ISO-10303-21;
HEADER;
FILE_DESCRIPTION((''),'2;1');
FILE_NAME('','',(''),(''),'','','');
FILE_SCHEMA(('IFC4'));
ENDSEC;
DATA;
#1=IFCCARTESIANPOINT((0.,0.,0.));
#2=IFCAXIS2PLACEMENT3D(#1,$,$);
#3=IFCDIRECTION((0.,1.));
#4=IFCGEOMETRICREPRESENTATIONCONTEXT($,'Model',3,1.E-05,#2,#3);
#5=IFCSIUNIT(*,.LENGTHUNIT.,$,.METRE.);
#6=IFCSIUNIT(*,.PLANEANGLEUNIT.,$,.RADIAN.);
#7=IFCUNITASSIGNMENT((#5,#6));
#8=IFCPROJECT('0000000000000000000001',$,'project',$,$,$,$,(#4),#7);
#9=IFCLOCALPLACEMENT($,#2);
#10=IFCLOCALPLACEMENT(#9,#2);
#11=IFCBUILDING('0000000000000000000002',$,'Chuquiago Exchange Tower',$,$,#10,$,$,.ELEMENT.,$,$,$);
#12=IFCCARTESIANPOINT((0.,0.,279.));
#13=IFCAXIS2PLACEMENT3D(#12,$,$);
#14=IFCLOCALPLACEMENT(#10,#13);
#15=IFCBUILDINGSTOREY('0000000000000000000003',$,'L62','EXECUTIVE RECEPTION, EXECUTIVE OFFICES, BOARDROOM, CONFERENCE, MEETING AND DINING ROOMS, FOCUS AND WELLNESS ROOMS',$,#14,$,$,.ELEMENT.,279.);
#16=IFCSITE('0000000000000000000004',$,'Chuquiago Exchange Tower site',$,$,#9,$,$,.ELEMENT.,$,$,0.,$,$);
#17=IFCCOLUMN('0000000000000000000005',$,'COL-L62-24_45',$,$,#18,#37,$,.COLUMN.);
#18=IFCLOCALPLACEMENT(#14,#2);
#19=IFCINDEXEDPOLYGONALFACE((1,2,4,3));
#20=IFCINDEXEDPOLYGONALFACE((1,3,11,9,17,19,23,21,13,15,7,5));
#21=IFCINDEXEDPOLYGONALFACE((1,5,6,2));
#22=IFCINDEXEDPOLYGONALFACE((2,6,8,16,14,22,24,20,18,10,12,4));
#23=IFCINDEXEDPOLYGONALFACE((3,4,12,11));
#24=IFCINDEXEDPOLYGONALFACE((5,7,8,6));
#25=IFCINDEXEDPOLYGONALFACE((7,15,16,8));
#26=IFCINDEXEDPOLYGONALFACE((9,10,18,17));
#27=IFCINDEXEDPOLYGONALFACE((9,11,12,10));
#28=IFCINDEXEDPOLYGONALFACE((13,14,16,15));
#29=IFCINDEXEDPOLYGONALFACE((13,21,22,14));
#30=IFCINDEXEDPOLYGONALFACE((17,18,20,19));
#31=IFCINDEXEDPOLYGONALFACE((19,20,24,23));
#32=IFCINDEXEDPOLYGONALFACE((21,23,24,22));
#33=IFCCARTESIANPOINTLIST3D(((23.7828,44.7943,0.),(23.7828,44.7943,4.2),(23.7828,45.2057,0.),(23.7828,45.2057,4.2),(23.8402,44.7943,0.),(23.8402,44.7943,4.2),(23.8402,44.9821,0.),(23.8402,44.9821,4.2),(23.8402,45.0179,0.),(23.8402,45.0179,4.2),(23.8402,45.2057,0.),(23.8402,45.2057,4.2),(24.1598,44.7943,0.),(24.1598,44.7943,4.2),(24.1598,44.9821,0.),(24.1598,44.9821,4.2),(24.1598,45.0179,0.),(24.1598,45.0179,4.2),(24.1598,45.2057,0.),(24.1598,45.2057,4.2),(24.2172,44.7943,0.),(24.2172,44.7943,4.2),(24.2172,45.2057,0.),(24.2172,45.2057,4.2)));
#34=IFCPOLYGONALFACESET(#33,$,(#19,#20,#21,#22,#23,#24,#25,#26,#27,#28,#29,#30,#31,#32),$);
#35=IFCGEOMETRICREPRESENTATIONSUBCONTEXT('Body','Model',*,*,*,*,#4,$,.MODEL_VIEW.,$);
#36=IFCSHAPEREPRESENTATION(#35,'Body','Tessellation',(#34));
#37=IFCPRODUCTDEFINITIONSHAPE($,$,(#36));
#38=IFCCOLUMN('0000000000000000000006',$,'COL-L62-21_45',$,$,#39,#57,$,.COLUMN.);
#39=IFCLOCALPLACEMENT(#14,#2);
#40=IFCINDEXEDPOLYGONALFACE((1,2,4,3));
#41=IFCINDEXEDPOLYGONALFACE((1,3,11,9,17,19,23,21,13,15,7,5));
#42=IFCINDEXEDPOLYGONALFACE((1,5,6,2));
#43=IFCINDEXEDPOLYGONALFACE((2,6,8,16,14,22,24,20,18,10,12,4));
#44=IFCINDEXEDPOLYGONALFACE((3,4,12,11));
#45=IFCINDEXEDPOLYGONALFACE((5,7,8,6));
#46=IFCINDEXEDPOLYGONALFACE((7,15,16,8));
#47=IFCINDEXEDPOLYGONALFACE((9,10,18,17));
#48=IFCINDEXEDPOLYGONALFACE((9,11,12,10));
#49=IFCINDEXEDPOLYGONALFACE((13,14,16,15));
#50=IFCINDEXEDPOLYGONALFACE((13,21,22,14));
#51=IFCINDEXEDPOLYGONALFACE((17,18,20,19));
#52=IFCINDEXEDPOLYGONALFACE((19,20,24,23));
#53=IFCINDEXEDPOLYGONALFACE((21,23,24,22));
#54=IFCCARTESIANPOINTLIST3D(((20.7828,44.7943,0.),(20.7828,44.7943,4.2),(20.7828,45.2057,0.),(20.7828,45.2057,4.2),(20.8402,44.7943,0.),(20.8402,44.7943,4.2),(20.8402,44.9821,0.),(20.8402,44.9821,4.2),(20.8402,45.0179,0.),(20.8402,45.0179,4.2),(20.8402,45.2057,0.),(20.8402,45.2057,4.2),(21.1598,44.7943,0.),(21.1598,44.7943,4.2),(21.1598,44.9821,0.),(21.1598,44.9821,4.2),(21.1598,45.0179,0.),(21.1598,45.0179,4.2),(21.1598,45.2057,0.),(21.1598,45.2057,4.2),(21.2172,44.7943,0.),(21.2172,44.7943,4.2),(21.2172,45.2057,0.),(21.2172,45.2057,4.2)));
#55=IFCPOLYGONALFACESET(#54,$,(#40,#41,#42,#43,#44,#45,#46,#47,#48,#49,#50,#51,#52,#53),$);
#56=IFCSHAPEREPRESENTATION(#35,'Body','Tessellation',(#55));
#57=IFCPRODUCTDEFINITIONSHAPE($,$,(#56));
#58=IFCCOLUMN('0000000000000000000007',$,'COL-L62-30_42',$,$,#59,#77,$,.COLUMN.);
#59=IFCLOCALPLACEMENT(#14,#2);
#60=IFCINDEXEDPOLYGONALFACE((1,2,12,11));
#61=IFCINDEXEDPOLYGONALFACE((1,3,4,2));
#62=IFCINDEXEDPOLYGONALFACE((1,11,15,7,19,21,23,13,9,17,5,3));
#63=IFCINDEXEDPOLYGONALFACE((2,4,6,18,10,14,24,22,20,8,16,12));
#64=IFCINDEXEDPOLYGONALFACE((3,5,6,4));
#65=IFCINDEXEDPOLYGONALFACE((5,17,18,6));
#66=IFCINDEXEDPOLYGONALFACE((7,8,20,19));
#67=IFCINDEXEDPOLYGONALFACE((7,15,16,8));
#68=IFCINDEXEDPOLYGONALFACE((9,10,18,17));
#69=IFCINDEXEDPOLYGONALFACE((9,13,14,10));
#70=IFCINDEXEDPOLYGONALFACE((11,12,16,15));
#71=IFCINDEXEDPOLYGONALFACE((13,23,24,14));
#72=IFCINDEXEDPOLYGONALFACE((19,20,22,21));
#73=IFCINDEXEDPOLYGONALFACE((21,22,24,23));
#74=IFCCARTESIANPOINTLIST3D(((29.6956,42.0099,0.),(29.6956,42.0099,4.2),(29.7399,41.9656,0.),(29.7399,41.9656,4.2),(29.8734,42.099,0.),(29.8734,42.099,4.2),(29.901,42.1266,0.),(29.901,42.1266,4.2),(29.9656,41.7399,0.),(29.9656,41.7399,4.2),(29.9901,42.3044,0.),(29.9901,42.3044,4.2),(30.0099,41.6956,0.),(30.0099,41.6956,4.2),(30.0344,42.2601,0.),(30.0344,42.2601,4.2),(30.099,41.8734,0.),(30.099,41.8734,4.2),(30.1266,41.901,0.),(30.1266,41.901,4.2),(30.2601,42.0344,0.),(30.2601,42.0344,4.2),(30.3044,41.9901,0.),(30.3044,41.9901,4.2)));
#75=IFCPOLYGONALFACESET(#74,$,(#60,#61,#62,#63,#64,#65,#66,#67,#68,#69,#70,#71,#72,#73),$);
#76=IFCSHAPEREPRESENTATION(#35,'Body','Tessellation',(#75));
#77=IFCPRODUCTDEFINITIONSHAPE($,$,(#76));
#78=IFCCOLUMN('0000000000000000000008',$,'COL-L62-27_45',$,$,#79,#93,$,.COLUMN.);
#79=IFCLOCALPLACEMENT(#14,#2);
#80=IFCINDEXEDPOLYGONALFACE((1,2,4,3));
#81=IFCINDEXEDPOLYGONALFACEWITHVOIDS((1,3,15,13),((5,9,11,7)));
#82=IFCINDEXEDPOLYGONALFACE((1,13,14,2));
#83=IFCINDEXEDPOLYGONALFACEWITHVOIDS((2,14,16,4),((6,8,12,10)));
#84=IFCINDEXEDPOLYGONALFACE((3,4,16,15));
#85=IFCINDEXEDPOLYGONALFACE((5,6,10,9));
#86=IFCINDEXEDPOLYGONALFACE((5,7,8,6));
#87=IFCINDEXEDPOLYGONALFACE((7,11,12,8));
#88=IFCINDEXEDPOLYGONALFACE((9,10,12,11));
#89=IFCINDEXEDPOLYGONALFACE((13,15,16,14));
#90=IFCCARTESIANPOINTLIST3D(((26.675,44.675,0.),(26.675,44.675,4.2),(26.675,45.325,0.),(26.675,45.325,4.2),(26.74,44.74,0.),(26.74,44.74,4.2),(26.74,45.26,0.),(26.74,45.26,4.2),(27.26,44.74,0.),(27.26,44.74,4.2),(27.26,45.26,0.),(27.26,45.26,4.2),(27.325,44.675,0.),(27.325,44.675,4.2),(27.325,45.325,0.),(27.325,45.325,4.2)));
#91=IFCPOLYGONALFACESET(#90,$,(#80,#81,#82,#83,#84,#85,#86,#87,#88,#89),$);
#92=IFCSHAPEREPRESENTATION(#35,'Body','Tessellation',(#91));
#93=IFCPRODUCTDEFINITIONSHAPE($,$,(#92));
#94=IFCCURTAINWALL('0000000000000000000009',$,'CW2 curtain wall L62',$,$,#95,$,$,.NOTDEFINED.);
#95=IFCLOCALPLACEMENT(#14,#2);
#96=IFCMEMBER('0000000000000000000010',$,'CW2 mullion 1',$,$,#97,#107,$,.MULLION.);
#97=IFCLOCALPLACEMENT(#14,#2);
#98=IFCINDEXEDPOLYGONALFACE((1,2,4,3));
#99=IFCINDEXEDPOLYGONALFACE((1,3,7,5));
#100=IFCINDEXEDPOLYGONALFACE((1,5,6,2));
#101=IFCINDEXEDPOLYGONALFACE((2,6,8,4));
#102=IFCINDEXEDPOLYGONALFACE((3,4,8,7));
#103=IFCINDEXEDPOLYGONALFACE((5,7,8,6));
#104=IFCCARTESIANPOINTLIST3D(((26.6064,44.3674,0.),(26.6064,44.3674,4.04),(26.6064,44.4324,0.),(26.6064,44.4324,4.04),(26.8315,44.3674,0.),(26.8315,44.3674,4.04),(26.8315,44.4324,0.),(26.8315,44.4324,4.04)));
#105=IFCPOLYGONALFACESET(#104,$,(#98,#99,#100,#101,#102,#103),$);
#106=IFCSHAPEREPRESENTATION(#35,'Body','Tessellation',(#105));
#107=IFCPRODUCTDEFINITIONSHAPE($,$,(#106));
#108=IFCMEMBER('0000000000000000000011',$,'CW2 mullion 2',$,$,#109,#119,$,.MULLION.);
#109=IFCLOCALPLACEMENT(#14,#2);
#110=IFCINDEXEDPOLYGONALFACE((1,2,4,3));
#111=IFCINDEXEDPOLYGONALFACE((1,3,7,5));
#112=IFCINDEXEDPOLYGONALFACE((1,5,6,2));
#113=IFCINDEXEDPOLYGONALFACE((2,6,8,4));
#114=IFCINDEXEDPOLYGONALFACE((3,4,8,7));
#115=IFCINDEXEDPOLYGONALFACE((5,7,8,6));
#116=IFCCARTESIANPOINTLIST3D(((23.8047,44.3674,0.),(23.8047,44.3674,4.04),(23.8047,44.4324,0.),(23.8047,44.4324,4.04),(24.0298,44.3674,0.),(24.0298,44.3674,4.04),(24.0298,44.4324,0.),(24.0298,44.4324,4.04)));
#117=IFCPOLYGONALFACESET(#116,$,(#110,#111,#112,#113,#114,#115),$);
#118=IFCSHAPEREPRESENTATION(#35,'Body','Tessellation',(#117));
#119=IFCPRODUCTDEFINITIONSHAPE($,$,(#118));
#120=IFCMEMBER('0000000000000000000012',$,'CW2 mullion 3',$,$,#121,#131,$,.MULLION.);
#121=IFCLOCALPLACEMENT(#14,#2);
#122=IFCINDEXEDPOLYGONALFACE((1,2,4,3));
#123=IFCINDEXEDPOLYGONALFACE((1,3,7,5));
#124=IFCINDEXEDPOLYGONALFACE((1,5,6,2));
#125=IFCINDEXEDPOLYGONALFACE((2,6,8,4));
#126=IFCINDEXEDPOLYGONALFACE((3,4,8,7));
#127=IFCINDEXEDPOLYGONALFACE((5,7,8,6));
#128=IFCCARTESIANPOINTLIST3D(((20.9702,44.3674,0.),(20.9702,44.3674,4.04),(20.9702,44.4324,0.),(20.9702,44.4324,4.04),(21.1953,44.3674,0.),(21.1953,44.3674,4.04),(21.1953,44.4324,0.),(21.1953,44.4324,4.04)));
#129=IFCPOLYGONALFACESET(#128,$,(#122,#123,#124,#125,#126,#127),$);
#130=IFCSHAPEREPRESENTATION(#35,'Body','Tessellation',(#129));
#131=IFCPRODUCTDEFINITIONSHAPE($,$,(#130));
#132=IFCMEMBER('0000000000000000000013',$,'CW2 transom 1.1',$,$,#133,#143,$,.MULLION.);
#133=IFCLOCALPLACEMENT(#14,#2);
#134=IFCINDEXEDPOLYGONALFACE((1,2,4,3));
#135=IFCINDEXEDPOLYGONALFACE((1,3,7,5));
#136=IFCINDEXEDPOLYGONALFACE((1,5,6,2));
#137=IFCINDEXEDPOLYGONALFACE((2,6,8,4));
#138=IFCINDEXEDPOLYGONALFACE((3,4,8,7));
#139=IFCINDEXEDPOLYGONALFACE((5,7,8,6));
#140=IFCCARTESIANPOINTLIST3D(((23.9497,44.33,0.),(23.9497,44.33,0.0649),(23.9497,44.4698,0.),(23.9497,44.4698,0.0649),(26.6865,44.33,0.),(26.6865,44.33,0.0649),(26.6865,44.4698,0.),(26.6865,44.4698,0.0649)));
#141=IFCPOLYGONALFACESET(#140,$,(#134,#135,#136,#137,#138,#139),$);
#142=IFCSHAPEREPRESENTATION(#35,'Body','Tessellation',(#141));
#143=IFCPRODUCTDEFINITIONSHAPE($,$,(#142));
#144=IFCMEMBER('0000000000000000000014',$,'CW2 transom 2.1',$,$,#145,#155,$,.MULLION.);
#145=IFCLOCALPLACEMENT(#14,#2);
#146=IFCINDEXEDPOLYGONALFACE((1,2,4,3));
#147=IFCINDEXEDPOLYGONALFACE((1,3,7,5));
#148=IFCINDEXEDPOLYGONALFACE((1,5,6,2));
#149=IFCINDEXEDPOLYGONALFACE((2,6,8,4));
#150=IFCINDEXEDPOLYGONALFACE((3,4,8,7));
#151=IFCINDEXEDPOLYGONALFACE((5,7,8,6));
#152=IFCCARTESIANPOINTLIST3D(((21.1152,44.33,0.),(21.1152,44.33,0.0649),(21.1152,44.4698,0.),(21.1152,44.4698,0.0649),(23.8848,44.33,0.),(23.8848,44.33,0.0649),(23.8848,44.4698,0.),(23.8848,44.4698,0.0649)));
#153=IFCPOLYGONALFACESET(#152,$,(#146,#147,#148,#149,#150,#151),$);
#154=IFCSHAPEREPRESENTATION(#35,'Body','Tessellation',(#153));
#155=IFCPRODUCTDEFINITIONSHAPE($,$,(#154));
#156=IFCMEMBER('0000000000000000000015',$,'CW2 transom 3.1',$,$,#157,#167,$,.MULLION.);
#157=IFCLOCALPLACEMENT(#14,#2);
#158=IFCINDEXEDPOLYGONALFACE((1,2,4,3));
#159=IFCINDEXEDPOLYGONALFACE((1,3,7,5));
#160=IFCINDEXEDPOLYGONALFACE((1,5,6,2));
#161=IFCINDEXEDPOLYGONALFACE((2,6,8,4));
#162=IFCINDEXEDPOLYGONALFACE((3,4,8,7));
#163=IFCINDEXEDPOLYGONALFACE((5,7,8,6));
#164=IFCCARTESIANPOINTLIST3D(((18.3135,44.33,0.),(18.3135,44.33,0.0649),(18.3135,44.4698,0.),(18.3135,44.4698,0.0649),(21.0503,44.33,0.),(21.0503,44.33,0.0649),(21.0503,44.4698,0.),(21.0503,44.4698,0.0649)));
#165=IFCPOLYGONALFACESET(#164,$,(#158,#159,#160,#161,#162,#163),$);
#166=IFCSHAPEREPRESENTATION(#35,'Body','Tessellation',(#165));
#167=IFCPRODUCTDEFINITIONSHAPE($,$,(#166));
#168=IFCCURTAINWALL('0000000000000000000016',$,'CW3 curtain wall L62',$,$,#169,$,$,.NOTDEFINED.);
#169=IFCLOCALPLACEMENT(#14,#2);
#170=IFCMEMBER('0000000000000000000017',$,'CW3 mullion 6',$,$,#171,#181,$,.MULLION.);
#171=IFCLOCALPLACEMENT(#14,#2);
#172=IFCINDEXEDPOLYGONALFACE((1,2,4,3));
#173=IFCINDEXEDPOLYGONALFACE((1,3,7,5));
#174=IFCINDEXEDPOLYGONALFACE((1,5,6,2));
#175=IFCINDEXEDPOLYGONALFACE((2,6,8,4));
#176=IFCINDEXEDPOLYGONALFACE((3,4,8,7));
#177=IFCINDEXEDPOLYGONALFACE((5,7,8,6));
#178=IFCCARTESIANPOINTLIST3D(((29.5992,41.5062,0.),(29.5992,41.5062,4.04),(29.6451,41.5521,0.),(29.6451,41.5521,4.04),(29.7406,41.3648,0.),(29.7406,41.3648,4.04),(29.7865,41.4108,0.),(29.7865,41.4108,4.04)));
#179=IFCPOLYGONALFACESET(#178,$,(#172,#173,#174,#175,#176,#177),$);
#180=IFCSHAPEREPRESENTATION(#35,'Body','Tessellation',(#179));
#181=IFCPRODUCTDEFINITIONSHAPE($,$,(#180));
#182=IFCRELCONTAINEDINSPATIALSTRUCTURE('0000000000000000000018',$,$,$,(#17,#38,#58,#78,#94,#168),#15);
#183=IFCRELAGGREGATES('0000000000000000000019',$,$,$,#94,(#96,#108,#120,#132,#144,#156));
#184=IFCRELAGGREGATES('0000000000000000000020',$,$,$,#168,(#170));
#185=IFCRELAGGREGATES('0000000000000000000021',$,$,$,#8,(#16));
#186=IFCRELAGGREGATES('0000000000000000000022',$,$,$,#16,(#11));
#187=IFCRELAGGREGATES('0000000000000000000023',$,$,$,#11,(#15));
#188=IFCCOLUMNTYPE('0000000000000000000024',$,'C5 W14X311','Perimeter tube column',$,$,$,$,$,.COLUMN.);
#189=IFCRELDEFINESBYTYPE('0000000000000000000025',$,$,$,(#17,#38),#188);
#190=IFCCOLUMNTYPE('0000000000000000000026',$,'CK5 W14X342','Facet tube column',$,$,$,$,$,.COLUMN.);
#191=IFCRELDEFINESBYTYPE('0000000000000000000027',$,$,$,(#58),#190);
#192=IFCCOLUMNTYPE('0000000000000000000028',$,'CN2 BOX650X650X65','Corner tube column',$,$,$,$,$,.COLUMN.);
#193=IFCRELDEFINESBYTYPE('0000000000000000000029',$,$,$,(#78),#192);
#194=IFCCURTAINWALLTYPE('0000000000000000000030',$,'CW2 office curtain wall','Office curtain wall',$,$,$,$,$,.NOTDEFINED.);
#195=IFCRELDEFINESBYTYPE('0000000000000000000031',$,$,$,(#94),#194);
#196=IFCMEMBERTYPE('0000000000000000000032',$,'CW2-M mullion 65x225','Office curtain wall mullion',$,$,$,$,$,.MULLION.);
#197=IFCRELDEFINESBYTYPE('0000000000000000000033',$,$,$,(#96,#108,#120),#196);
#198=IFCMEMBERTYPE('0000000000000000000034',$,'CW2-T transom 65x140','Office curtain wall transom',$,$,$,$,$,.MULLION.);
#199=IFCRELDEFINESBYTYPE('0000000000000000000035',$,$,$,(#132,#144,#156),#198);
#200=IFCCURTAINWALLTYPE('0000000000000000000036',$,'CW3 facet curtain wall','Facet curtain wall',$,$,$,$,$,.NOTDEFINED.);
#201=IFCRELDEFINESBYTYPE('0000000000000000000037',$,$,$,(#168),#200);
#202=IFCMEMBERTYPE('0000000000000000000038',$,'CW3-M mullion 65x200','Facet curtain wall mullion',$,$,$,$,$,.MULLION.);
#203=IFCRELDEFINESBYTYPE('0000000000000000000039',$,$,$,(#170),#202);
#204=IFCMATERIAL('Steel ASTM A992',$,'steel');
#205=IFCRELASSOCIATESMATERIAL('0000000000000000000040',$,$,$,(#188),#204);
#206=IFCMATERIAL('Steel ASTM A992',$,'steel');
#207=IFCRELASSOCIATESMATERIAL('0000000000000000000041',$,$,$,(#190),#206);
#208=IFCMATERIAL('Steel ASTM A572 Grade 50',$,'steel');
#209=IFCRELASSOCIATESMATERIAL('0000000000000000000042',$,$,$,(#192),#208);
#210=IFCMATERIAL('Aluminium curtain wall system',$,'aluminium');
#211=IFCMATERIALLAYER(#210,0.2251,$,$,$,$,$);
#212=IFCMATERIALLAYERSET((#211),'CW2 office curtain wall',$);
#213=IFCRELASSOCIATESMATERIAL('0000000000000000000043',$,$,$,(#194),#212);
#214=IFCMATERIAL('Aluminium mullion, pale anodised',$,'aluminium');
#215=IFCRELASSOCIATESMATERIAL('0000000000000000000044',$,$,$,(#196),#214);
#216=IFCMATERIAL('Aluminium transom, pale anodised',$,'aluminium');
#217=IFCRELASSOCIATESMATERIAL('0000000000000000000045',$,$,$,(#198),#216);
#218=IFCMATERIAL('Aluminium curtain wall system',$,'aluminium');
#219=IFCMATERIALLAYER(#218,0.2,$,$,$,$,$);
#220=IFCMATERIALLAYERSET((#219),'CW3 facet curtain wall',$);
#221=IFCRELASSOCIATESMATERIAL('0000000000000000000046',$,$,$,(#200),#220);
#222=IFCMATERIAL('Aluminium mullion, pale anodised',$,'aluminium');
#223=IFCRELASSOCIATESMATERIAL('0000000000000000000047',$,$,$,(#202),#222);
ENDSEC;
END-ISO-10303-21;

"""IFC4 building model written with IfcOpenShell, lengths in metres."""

from ifc_helpers import new_model, si_unit, direction, frame, origin, origin_2d, place, context, subcontext, project, spatial, rectangle, hollow_rectangle, i_section, extrude, material, layer, layer_set, material_profile, profile_set, type_object, element, aggregate, save


model = new_model("IFC4")

# Units and contexts
model_context = context("Model", 3, precision=1e-05, world=origin(), true_north=direction((0.0, 1.0)))
body_context = subcontext(model_context, "Body", "Model", "MODEL_VIEW")
ifc_project = project(units=[si_unit("LENGTHUNIT", "METRE"), si_unit("PLANEANGLEUNIT", "RADIAN")], contexts=[model_context])

# Site, building, storey
site_placement = place(None, origin())
site = spatial("IfcSite", under=ifc_project, at=site_placement, Name="Chuquiago Exchange Tower site", CompositionType="ELEMENT", RefElevation=0.0)
building_placement = place(site_placement, origin())
building = spatial("IfcBuilding", under=site, at=building_placement, Name="Chuquiago Exchange Tower", CompositionType="ELEMENT")
storey_placement = place(building_placement, frame((0.0, 0.0, 279.0)))
storey = spatial("IfcBuildingStorey", under=building, at=storey_placement, Name="L62", Description="EXECUTIVE RECEPTION, EXECUTIVE OFFICES, BOARDROOM, CONFERENCE, MEETING AND DINING ROOMS, FOCUS AND WELLNESS ROOMS", CompositionType="ELEMENT", Elevation=279.0)

# Columns
ifc_material_1 = material(Name="Steel ASTM A992", Category="steel")
ifc_material_profile_1 = material_profile(ifc_material_1, i_section(OverallWidth=0.4114, OverallDepth=0.4343, WebThickness=0.0359, FlangeThickness=0.0574, at=origin_2d()), Name="W14X311")
ifc_profile_set_1 = profile_set([ifc_material_profile_1], Name="Steel ASTM A992")
column_type_1 = type_object("IfcColumnType", Name="C5 W14X311", Description="Perimeter tube column", PredefinedType="COLUMN", material=ifc_profile_set_1)
for number, where, z_axis, x_axis, name in (
    (1, (24.0, 45.0, 0.0), (0.0, 0.0, 1.0), (0.0, 1.0, 0.0), "COL-L62-24_45"),
    (2, (21.0, 45.0, 0.0), (0.0, 0.0, 1.0), (0.0, 1.0, 0.0), "COL-L62-21_45"),
):
    element("IfcColumn", number, at=place(storey_placement, frame(where, z_axis=z_axis, x_axis=x_axis)), inside=storey, type_object=column_type_1, Name=name, PredefinedType="COLUMN", context=body_context, shape_type="SweptSolid", body=[
        extrude(i_section(OverallWidth=0.4114, OverallDepth=0.4343, WebThickness=0.0359, FlangeThickness=0.0574, at=origin_2d()), origin(), (0.0, 0.0, 1.0), 4.2),
    ])
ifc_material_2 = material(Name="Steel ASTM A992", Category="steel")
ifc_material_profile_2 = material_profile(ifc_material_2, i_section(OverallWidth=0.4165, OverallDepth=0.4446, WebThickness=0.0391, FlangeThickness=0.0627, at=origin_2d()), Name="W14X342")
ifc_profile_set_2 = profile_set([ifc_material_profile_2], Name="Steel ASTM A992")
column_type_2 = type_object("IfcColumnType", Name="CK5 W14X342", Description="Facet tube column", PredefinedType="COLUMN", material=ifc_profile_set_2)
column_1_placement = place(storey_placement, frame((30.0, 42.0, 0.0), z_axis=(0.0, 0.0, 1.0), x_axis=(0.707107, 0.707107, 0.0)))
element("IfcColumn", 3, at=column_1_placement, inside=storey, type_object=column_type_2, Name="COL-L62-30_42", PredefinedType="COLUMN", context=body_context, shape_type="SweptSolid", body=[
    extrude(i_section(OverallWidth=0.4165, OverallDepth=0.4446, WebThickness=0.0391, FlangeThickness=0.0627, at=origin_2d()), origin(), (0.0, 0.0, 1.0), 4.2),
])
ifc_material_3 = material(Name="Steel ASTM A572 Grade 50", Category="steel")
ifc_material_profile_3 = material_profile(ifc_material_3, hollow_rectangle(XDim=0.6499, YDim=0.6499, WallThickness=0.0649, at=origin_2d()), Name="BOX650X650X65")
ifc_profile_set_3 = profile_set([ifc_material_profile_3], Name="Steel ASTM A572 Grade 50")
column_type_3 = type_object("IfcColumnType", Name="CN2 BOX650X650X65", Description="Corner tube column", PredefinedType="COLUMN", material=ifc_profile_set_3)
column_2_placement = place(storey_placement, frame((27.0, 45.0, 0.0), z_axis=(0.0, 0.0, 1.0), x_axis=(0.0, 1.0, 0.0)))
element("IfcColumn", 4, at=column_2_placement, inside=storey, type_object=column_type_3, Name="COL-L62-27_45", PredefinedType="COLUMN", context=body_context, shape_type="SweptSolid", body=[
    extrude(hollow_rectangle(XDim=0.6499, YDim=0.6499, WallThickness=0.0649, at=origin_2d()), origin(), (0.0, 0.0, 1.0), 4.2),
])

# Curtain walls, members
ifc_material_4 = material(Name="Aluminium curtain wall system", Category="aluminium")
ifc_layer_1 = layer(ifc_material_4, 0.2251)
ifc_layer_set_1 = layer_set([ifc_layer_1], Name="CW2 office curtain wall")
curtain_wall_type_1 = type_object("IfcCurtainWallType", Name="CW2 office curtain wall", Description="Office curtain wall", PredefinedType="NOTDEFINED", material=ifc_layer_set_1)
curtain_wall_1_placement = place(storey_placement, origin())
curtain_wall_1 = element("IfcCurtainWall", 5, at=curtain_wall_1_placement, inside=storey, type_object=curtain_wall_type_1, Name="CW2 curtain wall L62", PredefinedType="NOTDEFINED")
ifc_material_5 = material(Name="Aluminium mullion, pale anodised", Category="aluminium")
ifc_material_profile_4 = material_profile(ifc_material_5, rectangle(XDim=0.0649, YDim=0.2251, at=origin_2d()), Name="AL 65x225")
ifc_profile_set_4 = profile_set([ifc_material_profile_4], Name="Aluminium mullion, pale anodised")
member_type_1 = type_object("IfcMemberType", Name="CW2-M mullion 65x225", Description="Office curtain wall mullion", PredefinedType="MULLION", material=ifc_profile_set_4)
member_1_placement = place(storey_placement, frame((26.719, 44.3999, 0.0), z_axis=(0.0, 0.0, 1.0), x_axis=(0.0, -1.0, 0.0)))
member_1 = element("IfcMember", 6, at=member_1_placement, type_object=member_type_1, Name="CW2 mullion 1", PredefinedType="MULLION", context=body_context, shape_type="SweptSolid", body=[
    extrude(rectangle(XDim=0.0649, YDim=0.2251, at=origin_2d()), origin(), (0.0, 0.0, 1.0), 4.04),
])
member_2_placement = place(storey_placement, frame((23.9172, 44.3999, 0.0), z_axis=(0.0, 0.0, 1.0), x_axis=(0.0, -1.0, 0.0)))
member_2 = element("IfcMember", 7, at=member_2_placement, type_object=member_type_1, Name="CW2 mullion 2", PredefinedType="MULLION", context=body_context, shape_type="SweptSolid", body=[
    extrude(rectangle(XDim=0.0649, YDim=0.2251, at=origin_2d()), origin(), (0.0, 0.0, 1.0), 4.04),
])
member_3_placement = place(storey_placement, frame((21.0828, 44.3999, 0.0), z_axis=(0.0, 0.0, 1.0), x_axis=(0.0, -1.0, 0.0)))
member_3 = element("IfcMember", 8, at=member_3_placement, type_object=member_type_1, Name="CW2 mullion 3", PredefinedType="MULLION", context=body_context, shape_type="SweptSolid", body=[
    extrude(rectangle(XDim=0.0649, YDim=0.2251, at=origin_2d()), origin(), (0.0, 0.0, 1.0), 4.04),
])
ifc_material_6 = material(Name="Aluminium transom, pale anodised", Category="aluminium")
ifc_material_profile_5 = material_profile(ifc_material_6, rectangle(XDim=0.1399, YDim=0.0649, at=origin_2d()), Name="AL 140x65")
ifc_profile_set_5 = profile_set([ifc_material_profile_5], Name="Aluminium transom, pale anodised")
member_type_2 = type_object("IfcMemberType", Name="CW2-T transom 65x140", Description="Office curtain wall transom", PredefinedType="MULLION", material=ifc_profile_set_5)
member_4_placement = place(storey_placement, frame((26.6865, 44.3999, 0.0325), z_axis=(-1.0, 0.0, 0.0), x_axis=(0.0, -1.0, 0.0)))
member_4 = element("IfcMember", 9, at=member_4_placement, type_object=member_type_2, Name="CW2 transom 1.1", PredefinedType="MULLION", context=body_context, shape_type="SweptSolid", body=[
    extrude(rectangle(XDim=0.1399, YDim=0.0649, at=origin_2d()), origin(), (0.0, 0.0, 1.0), 2.7368),
])
member_5_placement = place(storey_placement, frame((23.8848, 44.3999, 0.0325), z_axis=(-1.0, 0.0, 0.0), x_axis=(0.0, -1.0, 0.0)))
member_5 = element("IfcMember", 10, at=member_5_placement, type_object=member_type_2, Name="CW2 transom 2.1", PredefinedType="MULLION", context=body_context, shape_type="SweptSolid", body=[
    extrude(rectangle(XDim=0.1399, YDim=0.0649, at=origin_2d()), origin(), (0.0, 0.0, 1.0), 2.7695),
])
member_6_placement = place(storey_placement, frame((21.0503, 44.3999, 0.0325), z_axis=(-1.0, 0.0, 0.0), x_axis=(0.0, -1.0, 0.0)))
member_6 = element("IfcMember", 11, at=member_6_placement, type_object=member_type_2, Name="CW2 transom 3.1", PredefinedType="MULLION", context=body_context, shape_type="SweptSolid", body=[
    extrude(rectangle(XDim=0.1399, YDim=0.0649, at=origin_2d()), origin(), (0.0, 0.0, 1.0), 2.7368),
])
ifc_material_7 = material(Name="Aluminium curtain wall system", Category="aluminium")
ifc_layer_2 = layer(ifc_material_7, 0.2)
ifc_layer_set_2 = layer_set([ifc_layer_2], Name="CW3 facet curtain wall")
curtain_wall_type_2 = type_object("IfcCurtainWallType", Name="CW3 facet curtain wall", Description="Facet curtain wall", PredefinedType="NOTDEFINED", material=ifc_layer_set_2)
curtain_wall_2_placement = place(storey_placement, origin())
curtain_wall_2 = element("IfcCurtainWall", 12, at=curtain_wall_2_placement, inside=storey, type_object=curtain_wall_type_2, Name="CW3 curtain wall L62", PredefinedType="NOTDEFINED")
ifc_material_8 = material(Name="Aluminium mullion, pale anodised", Category="aluminium")
ifc_material_profile_6 = material_profile(ifc_material_8, rectangle(XDim=0.0649, YDim=0.2, at=origin_2d()), Name="AL 65x200")
ifc_profile_set_6 = profile_set([ifc_material_profile_6], Name="Aluminium mullion, pale anodised")
member_type_3 = type_object("IfcMemberType", Name="CW3-M mullion 65x200", Description="Facet curtain wall mullion", PredefinedType="MULLION", material=ifc_profile_set_6)
member_7_placement = place(storey_placement, frame((29.6929, 41.4585, 0.0), z_axis=(0.0, 0.0, 1.0), x_axis=(-0.707107, -0.707107, 0.0)))
member_7 = element("IfcMember", 13, at=member_7_placement, type_object=member_type_3, Name="CW3 mullion 6", PredefinedType="MULLION", context=body_context, shape_type="SweptSolid", body=[
    extrude(rectangle(XDim=0.0649, YDim=0.2, at=origin_2d()), origin(), (0.0, 0.0, 1.0), 4.04),
])

aggregate(curtain_wall_1, [member_1, member_2, member_3, member_4, member_5, member_6])
aggregate(curtain_wall_2, [member_7])

save(model, "model.ifc")
